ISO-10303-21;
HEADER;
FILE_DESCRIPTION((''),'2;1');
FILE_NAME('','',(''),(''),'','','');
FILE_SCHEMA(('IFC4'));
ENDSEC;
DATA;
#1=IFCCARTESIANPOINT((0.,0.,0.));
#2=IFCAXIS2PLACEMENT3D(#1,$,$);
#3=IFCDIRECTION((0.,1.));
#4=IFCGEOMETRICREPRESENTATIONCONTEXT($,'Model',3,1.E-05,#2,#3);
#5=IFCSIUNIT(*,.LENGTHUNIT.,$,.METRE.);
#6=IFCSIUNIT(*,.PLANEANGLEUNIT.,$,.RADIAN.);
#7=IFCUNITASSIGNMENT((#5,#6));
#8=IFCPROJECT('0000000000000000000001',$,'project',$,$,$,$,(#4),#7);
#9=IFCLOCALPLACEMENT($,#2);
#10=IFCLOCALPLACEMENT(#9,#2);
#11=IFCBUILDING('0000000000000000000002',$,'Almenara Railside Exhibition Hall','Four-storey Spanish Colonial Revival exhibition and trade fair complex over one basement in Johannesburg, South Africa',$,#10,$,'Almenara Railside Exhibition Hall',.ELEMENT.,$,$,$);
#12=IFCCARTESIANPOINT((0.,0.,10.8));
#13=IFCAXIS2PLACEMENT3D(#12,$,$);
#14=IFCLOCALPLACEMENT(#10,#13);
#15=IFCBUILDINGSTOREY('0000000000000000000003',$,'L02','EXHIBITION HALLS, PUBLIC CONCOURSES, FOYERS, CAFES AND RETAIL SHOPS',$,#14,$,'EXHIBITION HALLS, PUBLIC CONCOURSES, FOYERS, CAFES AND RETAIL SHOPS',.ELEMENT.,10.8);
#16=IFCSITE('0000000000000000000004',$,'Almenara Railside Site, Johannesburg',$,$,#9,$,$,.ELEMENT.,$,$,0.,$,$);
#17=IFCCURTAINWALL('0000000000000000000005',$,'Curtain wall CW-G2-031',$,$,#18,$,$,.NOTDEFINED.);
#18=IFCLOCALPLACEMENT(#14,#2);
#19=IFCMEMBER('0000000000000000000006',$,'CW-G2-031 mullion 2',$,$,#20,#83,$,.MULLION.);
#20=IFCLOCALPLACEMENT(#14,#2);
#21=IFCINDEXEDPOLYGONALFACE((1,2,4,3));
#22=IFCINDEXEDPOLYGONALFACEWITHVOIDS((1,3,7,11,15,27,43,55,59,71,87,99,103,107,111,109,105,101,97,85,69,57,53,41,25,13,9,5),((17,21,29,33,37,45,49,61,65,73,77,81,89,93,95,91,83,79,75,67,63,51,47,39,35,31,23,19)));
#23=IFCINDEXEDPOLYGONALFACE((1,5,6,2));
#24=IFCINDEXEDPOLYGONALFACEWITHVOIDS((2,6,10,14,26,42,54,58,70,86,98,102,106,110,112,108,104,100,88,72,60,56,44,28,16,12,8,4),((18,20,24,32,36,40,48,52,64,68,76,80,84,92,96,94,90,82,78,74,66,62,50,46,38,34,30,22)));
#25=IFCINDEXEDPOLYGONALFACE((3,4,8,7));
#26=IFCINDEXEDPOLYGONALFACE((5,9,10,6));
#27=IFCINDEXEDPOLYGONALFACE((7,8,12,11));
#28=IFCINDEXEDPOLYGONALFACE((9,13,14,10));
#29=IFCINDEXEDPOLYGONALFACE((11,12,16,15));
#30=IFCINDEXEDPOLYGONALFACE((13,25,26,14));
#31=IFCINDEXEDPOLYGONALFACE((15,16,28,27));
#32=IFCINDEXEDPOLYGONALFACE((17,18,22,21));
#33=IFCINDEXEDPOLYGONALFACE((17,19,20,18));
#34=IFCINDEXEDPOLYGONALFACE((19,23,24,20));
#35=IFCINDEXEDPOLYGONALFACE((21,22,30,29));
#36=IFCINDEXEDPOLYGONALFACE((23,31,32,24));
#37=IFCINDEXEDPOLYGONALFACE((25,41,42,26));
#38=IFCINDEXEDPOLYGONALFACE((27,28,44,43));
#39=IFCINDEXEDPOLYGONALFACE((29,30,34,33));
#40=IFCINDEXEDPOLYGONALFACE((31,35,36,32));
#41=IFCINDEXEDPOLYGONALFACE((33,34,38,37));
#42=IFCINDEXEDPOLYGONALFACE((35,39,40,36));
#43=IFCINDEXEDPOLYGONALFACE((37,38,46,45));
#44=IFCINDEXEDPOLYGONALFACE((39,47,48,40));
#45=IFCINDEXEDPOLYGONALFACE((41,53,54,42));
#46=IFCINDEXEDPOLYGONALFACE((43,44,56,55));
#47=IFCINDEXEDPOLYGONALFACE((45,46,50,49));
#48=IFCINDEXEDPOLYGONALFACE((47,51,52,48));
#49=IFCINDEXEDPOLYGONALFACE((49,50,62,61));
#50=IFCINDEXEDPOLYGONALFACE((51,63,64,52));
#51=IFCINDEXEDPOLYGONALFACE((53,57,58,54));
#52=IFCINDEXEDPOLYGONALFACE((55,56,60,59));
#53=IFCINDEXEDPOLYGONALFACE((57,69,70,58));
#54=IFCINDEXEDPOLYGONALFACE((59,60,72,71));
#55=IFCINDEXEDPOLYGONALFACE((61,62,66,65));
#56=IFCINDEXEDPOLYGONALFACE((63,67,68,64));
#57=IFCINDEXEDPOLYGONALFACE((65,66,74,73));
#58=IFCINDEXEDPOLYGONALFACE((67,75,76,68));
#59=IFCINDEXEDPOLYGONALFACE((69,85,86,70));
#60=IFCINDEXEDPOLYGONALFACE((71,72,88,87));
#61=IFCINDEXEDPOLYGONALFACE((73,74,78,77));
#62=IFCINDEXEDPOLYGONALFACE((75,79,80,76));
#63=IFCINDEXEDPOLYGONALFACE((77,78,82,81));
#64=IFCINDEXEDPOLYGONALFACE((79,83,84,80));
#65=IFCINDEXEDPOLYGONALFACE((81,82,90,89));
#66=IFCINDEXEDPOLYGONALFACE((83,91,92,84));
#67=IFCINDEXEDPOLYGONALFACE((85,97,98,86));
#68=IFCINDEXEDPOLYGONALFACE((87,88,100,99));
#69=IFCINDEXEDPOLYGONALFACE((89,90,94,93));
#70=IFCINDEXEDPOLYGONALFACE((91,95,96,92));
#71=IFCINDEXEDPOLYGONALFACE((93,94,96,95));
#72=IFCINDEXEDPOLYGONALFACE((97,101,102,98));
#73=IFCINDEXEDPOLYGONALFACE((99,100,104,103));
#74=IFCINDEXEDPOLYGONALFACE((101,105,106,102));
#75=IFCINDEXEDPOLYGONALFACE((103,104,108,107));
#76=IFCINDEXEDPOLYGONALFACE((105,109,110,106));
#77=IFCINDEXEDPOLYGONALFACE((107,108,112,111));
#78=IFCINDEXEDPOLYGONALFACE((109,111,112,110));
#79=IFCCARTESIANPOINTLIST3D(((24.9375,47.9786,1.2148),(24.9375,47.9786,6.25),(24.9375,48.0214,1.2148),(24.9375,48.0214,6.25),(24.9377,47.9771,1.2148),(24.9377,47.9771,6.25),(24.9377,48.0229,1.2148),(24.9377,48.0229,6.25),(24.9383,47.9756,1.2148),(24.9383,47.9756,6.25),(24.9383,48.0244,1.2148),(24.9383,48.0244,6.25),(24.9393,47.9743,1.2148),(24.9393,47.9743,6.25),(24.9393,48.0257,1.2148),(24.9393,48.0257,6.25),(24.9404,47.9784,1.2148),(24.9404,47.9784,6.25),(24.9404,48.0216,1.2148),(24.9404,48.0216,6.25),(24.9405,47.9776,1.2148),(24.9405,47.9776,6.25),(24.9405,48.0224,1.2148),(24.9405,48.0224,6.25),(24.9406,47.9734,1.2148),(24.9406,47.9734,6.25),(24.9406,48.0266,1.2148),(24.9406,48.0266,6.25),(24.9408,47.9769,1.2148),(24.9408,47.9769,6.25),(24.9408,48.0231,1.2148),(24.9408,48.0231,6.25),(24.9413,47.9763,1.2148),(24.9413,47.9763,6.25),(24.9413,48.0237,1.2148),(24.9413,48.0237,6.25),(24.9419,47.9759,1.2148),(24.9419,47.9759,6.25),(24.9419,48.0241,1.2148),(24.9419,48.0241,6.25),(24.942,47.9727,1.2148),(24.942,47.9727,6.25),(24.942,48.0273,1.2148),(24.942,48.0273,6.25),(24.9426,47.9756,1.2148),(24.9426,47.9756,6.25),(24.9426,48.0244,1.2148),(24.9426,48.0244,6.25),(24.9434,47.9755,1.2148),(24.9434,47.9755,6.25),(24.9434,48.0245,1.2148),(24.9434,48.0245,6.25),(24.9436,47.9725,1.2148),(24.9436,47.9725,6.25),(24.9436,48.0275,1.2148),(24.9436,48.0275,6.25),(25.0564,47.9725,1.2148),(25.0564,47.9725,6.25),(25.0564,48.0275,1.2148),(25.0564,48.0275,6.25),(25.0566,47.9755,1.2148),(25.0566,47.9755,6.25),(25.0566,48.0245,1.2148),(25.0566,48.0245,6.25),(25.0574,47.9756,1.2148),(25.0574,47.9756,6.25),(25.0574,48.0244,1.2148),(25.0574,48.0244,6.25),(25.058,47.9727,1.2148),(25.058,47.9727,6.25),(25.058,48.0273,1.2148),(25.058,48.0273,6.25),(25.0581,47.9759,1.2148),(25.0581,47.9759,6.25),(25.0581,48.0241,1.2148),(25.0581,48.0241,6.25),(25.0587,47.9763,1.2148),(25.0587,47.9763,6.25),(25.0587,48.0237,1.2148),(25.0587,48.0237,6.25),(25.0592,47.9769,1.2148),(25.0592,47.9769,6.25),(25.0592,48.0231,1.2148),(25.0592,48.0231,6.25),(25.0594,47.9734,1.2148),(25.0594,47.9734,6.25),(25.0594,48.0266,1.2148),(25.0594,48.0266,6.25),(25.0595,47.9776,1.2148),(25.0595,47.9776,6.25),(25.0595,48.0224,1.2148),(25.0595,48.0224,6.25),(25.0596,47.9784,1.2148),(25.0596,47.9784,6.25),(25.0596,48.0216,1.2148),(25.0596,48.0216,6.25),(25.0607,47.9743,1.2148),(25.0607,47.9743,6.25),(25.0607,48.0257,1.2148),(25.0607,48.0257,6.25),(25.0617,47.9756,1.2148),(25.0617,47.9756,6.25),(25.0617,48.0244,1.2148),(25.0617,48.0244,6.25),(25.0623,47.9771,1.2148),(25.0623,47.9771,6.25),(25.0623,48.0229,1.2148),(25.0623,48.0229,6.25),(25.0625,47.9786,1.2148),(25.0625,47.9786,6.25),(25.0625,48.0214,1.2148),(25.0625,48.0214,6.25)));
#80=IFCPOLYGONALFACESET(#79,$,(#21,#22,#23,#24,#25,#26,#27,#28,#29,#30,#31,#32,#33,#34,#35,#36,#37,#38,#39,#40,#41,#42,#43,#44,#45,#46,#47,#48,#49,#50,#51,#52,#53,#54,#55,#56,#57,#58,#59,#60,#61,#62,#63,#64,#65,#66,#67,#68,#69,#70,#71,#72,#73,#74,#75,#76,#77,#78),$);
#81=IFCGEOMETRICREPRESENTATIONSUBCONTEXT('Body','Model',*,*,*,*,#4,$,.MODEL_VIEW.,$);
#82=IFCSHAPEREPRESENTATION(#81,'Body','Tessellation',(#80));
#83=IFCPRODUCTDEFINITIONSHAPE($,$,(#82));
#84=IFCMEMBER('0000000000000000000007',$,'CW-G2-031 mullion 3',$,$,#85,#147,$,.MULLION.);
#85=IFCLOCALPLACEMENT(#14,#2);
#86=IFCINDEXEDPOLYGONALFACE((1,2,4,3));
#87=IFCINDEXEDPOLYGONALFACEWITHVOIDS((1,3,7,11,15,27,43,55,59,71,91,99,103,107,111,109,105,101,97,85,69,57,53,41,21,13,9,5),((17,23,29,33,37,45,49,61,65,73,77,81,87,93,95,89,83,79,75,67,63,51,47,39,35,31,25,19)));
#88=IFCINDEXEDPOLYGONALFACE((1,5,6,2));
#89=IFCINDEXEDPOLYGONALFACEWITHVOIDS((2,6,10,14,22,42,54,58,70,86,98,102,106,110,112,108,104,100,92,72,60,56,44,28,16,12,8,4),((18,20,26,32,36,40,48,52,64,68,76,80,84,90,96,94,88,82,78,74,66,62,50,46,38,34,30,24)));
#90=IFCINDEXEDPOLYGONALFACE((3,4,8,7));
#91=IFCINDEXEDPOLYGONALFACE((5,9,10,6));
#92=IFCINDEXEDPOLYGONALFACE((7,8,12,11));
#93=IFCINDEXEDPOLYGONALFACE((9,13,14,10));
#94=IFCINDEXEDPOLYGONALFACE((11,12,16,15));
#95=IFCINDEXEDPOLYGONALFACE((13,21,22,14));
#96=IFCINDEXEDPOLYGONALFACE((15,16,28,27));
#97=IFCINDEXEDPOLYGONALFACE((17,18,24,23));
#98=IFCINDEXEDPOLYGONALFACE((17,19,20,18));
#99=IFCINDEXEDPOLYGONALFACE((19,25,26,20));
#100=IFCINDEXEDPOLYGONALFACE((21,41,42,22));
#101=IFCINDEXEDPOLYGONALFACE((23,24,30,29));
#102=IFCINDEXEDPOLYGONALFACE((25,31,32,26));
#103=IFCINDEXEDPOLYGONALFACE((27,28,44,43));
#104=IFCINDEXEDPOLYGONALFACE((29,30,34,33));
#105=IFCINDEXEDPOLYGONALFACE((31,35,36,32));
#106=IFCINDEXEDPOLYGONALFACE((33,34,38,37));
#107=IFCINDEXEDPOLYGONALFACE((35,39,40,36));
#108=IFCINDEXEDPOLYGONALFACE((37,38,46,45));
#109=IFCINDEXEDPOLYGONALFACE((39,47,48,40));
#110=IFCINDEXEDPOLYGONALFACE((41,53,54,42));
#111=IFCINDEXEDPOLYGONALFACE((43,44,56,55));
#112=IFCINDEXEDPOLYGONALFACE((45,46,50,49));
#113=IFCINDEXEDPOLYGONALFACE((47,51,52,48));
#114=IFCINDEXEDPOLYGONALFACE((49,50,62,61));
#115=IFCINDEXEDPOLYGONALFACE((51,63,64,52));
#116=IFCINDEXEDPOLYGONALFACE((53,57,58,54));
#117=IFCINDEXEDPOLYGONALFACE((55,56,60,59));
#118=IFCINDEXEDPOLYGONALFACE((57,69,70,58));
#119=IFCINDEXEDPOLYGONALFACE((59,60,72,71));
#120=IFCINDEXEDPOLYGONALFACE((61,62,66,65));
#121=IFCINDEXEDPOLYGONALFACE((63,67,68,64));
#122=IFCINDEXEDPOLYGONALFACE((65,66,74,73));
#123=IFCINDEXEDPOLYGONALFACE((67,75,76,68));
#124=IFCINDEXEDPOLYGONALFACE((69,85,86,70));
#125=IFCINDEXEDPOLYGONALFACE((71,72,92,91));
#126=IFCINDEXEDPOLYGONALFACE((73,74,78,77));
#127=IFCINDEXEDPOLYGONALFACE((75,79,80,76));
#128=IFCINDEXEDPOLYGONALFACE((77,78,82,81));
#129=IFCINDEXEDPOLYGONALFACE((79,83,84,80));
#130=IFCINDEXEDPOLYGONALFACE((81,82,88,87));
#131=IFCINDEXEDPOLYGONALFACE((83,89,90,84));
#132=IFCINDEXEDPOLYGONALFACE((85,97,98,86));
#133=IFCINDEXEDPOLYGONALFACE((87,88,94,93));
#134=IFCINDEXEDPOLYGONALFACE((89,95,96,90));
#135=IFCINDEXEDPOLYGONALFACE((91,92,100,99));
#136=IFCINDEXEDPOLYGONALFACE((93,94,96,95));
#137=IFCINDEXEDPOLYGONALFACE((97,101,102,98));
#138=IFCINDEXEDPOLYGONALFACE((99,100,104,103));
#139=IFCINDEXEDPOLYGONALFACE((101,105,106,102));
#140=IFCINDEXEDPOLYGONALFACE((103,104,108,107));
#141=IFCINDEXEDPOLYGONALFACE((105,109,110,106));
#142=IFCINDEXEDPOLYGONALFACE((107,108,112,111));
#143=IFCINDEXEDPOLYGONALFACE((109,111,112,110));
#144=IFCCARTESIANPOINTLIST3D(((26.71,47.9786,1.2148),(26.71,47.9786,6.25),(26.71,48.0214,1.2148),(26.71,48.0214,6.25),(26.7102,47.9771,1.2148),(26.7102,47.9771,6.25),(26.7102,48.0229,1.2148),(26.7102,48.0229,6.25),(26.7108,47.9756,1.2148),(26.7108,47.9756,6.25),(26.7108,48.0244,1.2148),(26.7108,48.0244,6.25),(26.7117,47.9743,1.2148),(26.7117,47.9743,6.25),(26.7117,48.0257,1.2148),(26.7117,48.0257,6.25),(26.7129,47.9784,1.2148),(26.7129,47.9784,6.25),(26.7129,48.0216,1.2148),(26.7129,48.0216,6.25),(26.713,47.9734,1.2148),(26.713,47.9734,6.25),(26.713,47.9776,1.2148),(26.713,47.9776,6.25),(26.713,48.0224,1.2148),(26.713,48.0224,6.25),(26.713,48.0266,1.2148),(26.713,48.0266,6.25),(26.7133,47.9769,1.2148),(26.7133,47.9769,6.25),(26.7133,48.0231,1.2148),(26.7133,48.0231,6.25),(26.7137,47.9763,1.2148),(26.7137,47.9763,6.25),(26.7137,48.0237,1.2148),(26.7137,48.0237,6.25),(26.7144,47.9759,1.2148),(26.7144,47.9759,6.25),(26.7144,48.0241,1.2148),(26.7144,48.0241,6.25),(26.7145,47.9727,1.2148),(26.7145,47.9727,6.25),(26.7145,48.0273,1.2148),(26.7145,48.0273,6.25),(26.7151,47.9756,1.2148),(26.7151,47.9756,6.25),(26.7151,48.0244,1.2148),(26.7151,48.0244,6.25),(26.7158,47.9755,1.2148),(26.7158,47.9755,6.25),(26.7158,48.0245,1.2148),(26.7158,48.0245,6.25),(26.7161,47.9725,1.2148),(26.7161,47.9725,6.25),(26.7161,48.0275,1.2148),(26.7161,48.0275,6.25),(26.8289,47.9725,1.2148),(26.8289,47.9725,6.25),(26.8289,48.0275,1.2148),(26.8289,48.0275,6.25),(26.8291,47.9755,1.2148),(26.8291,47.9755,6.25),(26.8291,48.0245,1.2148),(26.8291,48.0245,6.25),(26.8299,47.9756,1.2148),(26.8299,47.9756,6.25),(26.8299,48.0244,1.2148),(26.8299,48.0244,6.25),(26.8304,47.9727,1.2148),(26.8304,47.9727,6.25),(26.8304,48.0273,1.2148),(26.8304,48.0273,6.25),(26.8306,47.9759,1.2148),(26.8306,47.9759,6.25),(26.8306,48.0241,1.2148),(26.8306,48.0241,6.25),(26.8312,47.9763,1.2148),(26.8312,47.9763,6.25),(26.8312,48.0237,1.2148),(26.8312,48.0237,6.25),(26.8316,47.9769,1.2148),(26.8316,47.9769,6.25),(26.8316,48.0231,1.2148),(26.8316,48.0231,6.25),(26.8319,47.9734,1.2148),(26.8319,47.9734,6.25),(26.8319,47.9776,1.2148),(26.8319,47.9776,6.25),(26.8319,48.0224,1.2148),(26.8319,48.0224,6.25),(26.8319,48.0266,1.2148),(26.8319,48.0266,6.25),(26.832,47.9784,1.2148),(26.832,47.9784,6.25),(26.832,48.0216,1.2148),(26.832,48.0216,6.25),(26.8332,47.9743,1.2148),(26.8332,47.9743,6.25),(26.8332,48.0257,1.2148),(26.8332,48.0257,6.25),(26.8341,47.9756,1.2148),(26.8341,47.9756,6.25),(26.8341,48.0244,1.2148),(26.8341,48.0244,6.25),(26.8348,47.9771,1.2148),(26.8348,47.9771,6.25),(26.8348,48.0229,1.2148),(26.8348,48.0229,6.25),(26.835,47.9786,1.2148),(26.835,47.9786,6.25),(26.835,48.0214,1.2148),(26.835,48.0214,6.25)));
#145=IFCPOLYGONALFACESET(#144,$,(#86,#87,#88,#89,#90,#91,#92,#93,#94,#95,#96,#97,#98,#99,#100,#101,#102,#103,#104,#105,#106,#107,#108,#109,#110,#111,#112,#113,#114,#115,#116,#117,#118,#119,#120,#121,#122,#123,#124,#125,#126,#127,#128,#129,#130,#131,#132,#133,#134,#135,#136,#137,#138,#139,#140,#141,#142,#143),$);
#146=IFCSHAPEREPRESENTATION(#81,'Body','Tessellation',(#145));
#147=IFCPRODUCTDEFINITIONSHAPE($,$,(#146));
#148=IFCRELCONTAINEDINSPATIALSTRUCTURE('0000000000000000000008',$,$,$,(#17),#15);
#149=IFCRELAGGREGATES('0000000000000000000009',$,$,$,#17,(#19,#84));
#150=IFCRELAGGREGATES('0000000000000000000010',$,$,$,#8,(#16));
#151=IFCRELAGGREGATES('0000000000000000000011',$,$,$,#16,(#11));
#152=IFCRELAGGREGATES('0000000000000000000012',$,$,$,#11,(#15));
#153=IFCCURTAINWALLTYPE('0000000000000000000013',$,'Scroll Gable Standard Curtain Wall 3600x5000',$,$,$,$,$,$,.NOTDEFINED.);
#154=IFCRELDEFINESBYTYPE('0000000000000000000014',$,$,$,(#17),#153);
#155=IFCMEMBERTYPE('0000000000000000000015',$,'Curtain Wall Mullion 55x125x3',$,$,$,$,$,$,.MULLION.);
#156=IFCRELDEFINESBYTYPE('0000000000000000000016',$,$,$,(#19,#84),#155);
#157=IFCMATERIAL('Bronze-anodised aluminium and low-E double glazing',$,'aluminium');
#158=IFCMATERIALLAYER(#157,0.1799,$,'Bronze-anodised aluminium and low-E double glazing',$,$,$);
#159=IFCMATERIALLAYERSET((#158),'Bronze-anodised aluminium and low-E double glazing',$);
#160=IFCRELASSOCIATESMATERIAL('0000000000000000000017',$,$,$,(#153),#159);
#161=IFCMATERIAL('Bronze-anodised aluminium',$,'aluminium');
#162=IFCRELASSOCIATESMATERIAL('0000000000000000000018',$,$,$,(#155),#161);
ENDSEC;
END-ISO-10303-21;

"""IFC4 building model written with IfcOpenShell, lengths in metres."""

from ifc_helpers import new_model, si_unit, direction, frame, origin, origin_2d, place, context, subcontext, project, spatial, hollow_rectangle, extrude, material, layer, layer_set, material_profile, profile_set, type_object, element, aggregate, save


model = new_model("IFC4")

# Units and contexts
model_context = context("Model", 3, precision=1e-05, world=origin(), true_north=direction((0.0, 1.0)))
body_context = subcontext(model_context, "Body", "Model", "MODEL_VIEW")
ifc_project = project(units=[si_unit("LENGTHUNIT", "METRE"), si_unit("PLANEANGLEUNIT", "RADIAN")], contexts=[model_context])

# Site, building, storey
site_placement = place(None, origin())
site = spatial("IfcSite", under=ifc_project, at=site_placement, Name="Almenara Railside Site, Johannesburg", CompositionType="ELEMENT", RefElevation=0.0)
building_placement = place(site_placement, origin())
building = spatial("IfcBuilding", under=site, at=building_placement, Name="Almenara Railside Exhibition Hall", Description="Four-storey Spanish Colonial Revival exhibition and trade fair complex over one basement in Johannesburg, South Africa", LongName="Almenara Railside Exhibition Hall", CompositionType="ELEMENT")
storey_placement = place(building_placement, frame((0.0, 0.0, 10.8)))
storey = spatial("IfcBuildingStorey", under=building, at=storey_placement, Name="L02", Description="EXHIBITION HALLS, PUBLIC CONCOURSES, FOYERS, CAFES AND RETAIL SHOPS", LongName="EXHIBITION HALLS, PUBLIC CONCOURSES, FOYERS, CAFES AND RETAIL SHOPS", CompositionType="ELEMENT", Elevation=10.8)

# Curtain wall, members
ifc_material_1 = material(Name="Bronze-anodised aluminium and low-E double glazing", Category="aluminium")
ifc_layer_1 = layer(ifc_material_1, 0.1799, Name="Bronze-anodised aluminium and low-E double glazing")
ifc_layer_set_1 = layer_set([ifc_layer_1], Name="Bronze-anodised aluminium and low-E double glazing")
curtain_wall_type = type_object("IfcCurtainWallType", Name="Scroll Gable Standard Curtain Wall 3600x5000", PredefinedType="NOTDEFINED", material=ifc_layer_set_1)
curtain_wall_1_placement = place(storey_placement, origin())
curtain_wall_1 = element("IfcCurtainWall", 1, at=curtain_wall_1_placement, inside=storey, type_object=curtain_wall_type, Name="Curtain wall CW-G2-031", PredefinedType="NOTDEFINED")
ifc_material_2 = material(Name="Bronze-anodised aluminium", Category="aluminium")
ifc_material_profile_1 = material_profile(ifc_material_2, hollow_rectangle(XDim=0.0549, YDim=0.125, WallThickness=0.0029, InnerFilletRadius=0.0029, OuterFilletRadius=0.0061, at=origin_2d()), Name="ALU-MUL 55x125x3")
ifc_profile_set_1 = profile_set([ifc_material_profile_1], Name="Bronze-anodised aluminium")
member_type_1 = type_object("IfcMemberType", Name="Curtain Wall Mullion 55x125x3", PredefinedType="MULLION", material=ifc_profile_set_1)
member_1_placement = place(storey_placement, frame((25.0, 48.0, 1.2148), z_axis=(0.0, 0.0, 1.0), x_axis=(0.0, 1.0, 0.0)))
member_1 = element("IfcMember", 2, at=member_1_placement, type_object=member_type_1, Name="CW-G2-031 mullion 2", PredefinedType="MULLION", context=body_context, shape_type="SweptSolid", body=[
    extrude(hollow_rectangle(XDim=0.0549, YDim=0.125, WallThickness=0.0029, InnerFilletRadius=0.0029, OuterFilletRadius=0.0061, at=origin_2d()), origin(), (0.0, 0.0, 1.0), 5.0352),
])
member_2_placement = place(storey_placement, frame((26.7725, 48.0, 1.2148), z_axis=(0.0, 0.0, 1.0), x_axis=(0.0, 1.0, 0.0)))
member_2 = element("IfcMember", 3, at=member_2_placement, type_object=member_type_1, Name="CW-G2-031 mullion 3", PredefinedType="MULLION", context=body_context, shape_type="SweptSolid", body=[
    extrude(hollow_rectangle(XDim=0.0549, YDim=0.125, WallThickness=0.0029, InnerFilletRadius=0.0029, OuterFilletRadius=0.0061, at=origin_2d()), origin(), (0.0, 0.0, 1.0), 5.0352),
])

aggregate(curtain_wall_1, [member_1, member_2])

save(model, "model.ifc")
